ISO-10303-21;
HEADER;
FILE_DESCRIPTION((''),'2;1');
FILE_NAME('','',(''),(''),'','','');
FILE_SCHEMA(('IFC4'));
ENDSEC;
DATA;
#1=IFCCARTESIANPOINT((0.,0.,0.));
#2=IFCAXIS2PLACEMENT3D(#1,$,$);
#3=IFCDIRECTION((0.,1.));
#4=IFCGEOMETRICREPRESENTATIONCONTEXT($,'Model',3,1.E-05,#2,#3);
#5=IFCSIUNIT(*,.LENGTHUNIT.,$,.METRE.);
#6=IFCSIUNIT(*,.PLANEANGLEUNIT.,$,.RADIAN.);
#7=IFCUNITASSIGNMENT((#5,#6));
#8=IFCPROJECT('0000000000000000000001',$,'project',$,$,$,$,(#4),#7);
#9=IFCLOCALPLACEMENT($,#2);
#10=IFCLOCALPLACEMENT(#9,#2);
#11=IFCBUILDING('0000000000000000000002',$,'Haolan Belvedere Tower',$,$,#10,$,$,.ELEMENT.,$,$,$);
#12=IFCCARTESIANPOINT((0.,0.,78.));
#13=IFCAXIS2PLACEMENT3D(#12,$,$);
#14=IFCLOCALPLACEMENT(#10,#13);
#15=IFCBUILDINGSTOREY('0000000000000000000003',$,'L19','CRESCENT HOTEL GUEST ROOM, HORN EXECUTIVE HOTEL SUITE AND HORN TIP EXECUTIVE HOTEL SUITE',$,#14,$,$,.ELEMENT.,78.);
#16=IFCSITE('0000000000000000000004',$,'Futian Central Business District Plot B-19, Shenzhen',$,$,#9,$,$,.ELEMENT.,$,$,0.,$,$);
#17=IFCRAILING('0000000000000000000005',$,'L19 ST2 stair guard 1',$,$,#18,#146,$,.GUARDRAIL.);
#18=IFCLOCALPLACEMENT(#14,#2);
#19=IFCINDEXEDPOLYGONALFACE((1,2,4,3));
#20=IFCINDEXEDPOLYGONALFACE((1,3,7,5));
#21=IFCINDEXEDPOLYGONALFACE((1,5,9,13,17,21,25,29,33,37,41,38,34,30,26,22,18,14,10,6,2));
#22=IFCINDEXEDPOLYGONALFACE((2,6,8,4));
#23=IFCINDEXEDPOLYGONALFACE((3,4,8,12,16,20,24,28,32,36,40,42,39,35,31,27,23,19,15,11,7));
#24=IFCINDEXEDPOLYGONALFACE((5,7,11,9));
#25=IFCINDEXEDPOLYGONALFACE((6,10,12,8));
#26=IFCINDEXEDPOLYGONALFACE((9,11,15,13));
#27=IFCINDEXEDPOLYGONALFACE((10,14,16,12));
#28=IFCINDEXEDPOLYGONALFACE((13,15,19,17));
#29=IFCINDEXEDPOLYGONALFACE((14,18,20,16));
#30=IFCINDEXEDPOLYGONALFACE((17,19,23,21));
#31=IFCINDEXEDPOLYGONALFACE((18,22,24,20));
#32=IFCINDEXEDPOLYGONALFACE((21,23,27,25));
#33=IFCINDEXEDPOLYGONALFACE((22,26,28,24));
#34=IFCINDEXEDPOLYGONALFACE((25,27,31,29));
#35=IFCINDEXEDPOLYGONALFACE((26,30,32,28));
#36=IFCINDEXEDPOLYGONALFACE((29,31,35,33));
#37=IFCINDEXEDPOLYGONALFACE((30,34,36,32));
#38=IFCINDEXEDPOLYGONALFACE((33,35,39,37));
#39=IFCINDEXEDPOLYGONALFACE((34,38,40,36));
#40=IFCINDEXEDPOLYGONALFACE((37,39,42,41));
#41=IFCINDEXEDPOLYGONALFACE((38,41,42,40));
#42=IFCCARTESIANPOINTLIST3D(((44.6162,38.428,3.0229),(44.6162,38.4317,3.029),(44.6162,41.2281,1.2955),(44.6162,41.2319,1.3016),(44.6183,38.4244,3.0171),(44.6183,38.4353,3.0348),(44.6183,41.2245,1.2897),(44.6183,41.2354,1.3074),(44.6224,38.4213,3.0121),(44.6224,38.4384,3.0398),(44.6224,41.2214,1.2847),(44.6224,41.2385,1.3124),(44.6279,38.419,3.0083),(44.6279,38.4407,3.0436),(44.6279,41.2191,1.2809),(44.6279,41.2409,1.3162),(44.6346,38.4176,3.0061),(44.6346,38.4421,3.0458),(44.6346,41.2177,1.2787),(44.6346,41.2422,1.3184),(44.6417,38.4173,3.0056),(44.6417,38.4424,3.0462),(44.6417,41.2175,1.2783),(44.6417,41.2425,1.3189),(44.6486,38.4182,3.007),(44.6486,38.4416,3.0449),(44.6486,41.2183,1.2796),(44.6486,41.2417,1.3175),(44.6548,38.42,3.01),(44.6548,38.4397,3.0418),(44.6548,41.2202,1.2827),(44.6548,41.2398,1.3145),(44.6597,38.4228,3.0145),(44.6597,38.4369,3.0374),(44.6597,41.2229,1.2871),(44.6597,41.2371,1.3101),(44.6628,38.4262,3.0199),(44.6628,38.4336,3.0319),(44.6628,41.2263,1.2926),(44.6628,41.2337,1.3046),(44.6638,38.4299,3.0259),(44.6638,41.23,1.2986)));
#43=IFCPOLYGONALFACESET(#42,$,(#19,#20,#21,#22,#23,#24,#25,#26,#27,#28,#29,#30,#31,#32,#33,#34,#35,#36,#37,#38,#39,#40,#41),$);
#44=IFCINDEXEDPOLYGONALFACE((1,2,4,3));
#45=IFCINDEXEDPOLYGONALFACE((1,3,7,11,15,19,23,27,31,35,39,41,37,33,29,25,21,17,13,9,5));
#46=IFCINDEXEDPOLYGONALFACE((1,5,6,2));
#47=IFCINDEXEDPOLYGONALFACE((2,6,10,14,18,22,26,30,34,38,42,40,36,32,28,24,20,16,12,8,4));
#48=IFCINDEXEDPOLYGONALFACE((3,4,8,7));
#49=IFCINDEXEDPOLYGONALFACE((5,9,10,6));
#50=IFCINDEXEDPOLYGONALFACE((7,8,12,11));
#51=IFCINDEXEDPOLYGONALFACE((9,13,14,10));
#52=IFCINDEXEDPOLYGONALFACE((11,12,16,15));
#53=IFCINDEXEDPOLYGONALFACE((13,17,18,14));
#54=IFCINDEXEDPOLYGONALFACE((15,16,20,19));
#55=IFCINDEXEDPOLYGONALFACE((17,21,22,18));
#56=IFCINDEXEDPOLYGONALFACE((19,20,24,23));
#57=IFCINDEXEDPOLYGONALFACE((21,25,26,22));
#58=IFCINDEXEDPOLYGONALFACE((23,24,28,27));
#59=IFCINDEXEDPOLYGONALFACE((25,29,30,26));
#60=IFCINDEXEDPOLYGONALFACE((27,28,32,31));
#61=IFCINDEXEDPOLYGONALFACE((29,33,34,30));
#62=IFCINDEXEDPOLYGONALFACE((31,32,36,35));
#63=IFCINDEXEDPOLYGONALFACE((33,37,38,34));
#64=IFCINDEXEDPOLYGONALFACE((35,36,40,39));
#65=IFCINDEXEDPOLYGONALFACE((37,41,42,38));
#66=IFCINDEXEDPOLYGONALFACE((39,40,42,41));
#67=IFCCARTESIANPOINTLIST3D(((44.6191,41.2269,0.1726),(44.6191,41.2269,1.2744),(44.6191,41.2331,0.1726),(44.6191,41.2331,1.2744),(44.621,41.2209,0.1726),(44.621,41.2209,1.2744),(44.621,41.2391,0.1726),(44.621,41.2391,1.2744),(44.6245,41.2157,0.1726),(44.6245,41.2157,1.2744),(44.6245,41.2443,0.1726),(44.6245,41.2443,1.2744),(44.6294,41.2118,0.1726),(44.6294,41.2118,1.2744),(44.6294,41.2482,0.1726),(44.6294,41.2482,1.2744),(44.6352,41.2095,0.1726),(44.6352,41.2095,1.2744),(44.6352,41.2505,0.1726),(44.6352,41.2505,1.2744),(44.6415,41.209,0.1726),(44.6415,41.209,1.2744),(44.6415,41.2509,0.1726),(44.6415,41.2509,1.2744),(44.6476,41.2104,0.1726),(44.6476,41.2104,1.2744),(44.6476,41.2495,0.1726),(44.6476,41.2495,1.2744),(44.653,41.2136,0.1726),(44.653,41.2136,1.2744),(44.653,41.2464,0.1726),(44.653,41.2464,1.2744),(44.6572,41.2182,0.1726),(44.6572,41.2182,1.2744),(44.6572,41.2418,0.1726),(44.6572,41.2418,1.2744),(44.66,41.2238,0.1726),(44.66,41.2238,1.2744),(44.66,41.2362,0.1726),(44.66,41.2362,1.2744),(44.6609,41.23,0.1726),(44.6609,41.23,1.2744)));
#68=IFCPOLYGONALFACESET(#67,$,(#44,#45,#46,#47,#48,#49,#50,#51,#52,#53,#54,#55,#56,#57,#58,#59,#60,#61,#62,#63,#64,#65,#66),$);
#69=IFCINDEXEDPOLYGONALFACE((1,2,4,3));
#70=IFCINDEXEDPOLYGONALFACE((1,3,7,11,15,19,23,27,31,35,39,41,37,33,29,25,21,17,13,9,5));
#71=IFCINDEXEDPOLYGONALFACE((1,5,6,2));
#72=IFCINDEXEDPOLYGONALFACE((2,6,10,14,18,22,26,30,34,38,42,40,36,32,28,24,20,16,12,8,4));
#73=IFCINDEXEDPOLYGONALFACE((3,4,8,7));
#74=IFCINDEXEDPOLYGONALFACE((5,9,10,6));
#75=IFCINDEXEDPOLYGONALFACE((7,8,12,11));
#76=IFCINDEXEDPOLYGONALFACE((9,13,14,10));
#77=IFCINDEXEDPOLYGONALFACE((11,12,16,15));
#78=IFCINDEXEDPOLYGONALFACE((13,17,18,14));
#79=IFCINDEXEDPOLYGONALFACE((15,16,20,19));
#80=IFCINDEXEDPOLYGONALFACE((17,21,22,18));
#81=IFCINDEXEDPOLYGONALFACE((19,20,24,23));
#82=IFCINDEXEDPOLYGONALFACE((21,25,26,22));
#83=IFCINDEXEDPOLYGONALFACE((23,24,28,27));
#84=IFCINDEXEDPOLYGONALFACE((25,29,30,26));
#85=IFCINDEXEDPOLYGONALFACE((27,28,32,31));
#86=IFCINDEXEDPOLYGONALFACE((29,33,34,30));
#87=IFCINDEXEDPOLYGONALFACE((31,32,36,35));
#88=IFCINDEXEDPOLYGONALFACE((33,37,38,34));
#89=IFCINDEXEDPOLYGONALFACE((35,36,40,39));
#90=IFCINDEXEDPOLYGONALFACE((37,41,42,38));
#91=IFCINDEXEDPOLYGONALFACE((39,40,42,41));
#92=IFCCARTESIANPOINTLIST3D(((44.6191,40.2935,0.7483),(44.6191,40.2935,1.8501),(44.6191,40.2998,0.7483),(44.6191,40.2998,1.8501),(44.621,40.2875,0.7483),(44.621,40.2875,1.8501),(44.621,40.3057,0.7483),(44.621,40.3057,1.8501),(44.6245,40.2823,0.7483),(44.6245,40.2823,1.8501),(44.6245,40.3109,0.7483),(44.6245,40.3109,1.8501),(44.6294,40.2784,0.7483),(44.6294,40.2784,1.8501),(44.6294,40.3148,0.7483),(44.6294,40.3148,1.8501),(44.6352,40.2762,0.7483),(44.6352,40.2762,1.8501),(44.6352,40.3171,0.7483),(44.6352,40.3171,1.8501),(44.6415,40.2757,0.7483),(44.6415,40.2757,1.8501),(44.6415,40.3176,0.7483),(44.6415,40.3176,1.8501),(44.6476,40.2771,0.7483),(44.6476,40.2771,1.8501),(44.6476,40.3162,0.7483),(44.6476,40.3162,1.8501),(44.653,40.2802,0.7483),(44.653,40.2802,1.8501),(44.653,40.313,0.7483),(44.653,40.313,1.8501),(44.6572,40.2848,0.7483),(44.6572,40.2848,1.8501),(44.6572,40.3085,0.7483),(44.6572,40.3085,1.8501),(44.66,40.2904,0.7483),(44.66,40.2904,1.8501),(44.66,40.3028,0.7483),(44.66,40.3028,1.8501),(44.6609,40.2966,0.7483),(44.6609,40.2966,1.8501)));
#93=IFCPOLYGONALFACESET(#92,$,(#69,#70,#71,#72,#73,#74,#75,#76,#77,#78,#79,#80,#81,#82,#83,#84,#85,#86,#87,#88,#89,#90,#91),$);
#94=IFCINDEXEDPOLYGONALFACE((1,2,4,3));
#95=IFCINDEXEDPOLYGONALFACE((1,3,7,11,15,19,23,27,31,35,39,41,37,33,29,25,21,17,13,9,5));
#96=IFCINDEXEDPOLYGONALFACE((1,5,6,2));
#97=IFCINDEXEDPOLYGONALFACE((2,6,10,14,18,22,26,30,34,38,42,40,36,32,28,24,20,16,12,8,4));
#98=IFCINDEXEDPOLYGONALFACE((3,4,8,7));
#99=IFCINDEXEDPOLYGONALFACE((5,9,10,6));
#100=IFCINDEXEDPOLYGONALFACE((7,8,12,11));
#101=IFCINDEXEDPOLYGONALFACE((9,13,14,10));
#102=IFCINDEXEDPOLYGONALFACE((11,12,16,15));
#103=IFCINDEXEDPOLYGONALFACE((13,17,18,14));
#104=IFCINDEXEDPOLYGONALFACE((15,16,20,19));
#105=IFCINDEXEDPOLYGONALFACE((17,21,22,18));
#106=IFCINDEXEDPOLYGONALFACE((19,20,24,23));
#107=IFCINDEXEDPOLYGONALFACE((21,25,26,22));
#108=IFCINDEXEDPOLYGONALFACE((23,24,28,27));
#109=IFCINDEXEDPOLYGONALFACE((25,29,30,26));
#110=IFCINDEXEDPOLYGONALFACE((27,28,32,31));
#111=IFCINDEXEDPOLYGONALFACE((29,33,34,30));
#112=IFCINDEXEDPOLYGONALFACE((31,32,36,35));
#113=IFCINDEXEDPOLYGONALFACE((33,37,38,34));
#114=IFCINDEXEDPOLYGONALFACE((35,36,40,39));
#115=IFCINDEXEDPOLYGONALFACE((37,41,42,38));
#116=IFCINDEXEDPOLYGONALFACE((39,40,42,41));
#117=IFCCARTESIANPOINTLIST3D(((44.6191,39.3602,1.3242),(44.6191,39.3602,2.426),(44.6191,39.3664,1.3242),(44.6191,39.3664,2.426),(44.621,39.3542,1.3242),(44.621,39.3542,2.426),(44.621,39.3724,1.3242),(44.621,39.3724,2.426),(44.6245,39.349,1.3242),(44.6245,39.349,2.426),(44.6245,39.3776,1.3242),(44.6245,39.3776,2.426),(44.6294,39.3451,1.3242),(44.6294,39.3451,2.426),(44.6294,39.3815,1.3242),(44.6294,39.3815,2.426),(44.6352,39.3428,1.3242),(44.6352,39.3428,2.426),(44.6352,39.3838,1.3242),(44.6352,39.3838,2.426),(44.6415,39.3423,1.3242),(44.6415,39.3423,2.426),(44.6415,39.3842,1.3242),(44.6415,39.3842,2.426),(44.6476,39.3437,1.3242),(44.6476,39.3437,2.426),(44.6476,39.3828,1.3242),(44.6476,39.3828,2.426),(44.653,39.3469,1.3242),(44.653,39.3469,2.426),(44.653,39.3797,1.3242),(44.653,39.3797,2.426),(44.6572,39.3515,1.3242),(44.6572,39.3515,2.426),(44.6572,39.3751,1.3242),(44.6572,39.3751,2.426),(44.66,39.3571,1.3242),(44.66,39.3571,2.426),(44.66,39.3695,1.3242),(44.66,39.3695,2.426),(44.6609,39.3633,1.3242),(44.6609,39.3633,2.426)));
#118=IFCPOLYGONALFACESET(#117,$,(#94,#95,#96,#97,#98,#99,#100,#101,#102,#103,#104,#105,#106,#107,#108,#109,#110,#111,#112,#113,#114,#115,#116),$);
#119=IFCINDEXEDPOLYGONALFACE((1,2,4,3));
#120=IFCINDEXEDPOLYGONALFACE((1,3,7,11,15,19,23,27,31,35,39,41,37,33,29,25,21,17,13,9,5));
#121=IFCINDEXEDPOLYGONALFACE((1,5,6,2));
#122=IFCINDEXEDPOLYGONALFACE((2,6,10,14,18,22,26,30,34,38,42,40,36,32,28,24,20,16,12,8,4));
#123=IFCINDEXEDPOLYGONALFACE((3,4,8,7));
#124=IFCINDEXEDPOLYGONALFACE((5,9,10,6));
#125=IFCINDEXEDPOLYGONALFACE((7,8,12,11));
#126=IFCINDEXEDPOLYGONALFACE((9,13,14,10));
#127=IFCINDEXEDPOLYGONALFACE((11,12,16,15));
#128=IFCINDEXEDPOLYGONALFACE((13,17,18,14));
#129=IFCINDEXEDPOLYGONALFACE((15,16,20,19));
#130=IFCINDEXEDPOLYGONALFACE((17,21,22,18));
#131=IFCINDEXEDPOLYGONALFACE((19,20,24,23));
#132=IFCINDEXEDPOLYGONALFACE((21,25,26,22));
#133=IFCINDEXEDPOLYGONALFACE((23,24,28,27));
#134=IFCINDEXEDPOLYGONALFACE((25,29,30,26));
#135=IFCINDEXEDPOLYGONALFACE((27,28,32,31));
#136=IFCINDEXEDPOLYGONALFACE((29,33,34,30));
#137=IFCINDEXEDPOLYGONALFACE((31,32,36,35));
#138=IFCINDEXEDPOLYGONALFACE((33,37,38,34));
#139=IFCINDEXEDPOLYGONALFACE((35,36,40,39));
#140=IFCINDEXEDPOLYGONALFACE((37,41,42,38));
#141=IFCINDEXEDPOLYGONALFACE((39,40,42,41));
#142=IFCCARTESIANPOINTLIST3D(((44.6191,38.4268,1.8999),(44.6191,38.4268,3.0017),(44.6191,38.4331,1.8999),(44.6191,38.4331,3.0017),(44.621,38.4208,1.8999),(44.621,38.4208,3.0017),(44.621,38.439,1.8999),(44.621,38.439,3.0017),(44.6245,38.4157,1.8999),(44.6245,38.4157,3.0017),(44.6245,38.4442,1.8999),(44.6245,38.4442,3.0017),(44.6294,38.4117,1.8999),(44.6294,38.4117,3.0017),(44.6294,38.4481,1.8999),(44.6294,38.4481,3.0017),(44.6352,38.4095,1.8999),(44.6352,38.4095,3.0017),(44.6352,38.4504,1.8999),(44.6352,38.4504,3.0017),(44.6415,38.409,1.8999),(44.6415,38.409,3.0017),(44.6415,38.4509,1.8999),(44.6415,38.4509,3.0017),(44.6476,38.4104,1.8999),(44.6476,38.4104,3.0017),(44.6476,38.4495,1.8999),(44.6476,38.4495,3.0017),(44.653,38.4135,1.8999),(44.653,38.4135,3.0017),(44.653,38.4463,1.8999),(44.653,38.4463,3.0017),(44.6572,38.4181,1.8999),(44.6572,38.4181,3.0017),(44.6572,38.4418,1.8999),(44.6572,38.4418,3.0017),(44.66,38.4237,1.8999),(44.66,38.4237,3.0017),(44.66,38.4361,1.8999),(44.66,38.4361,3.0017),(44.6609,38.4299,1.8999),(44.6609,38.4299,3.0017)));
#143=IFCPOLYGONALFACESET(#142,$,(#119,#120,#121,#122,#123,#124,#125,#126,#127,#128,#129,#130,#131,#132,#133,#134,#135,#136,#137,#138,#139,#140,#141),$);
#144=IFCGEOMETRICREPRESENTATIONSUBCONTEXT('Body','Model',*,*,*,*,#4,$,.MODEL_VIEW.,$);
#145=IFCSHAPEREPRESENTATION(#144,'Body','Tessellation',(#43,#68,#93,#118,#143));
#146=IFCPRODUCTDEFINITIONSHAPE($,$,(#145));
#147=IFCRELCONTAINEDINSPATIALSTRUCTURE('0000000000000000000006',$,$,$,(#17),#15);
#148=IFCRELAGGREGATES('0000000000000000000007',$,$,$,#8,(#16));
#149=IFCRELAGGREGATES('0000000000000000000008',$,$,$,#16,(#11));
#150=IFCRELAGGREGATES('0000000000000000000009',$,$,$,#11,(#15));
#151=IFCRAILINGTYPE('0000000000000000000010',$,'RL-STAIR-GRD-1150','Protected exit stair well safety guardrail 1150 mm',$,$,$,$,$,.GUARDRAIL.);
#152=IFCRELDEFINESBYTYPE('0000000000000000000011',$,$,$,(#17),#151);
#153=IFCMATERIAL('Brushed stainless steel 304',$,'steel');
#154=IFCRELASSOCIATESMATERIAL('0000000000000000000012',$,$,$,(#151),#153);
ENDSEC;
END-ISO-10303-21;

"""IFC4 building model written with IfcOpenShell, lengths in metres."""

from ifc_helpers import new_model, si_unit, direction, frame, origin, origin_2d, place, context, subcontext, project, spatial, circle, extrude, material, type_object, element, save


model = new_model("IFC4")

# Units and contexts
model_context = context("Model", 3, precision=1e-05, world=origin(), true_north=direction((0.0, 1.0)))
body_context = subcontext(model_context, "Body", "Model", "MODEL_VIEW")
ifc_project = project(units=[si_unit("LENGTHUNIT", "METRE"), si_unit("PLANEANGLEUNIT", "RADIAN")], contexts=[model_context])

# Site, building, storey
site_placement = place(None, origin())
site = spatial("IfcSite", under=ifc_project, at=site_placement, Name="Futian Central Business District Plot B-19, Shenzhen", CompositionType="ELEMENT", RefElevation=0.0)
building_placement = place(site_placement, origin())
building = spatial("IfcBuilding", under=site, at=building_placement, Name="Haolan Belvedere Tower", CompositionType="ELEMENT")
storey_placement = place(building_placement, frame((0.0, 0.0, 78.0)))
storey = spatial("IfcBuildingStorey", under=building, at=storey_placement, Name="L19", Description="CRESCENT HOTEL GUEST ROOM, HORN EXECUTIVE HOTEL SUITE AND HORN TIP EXECUTIVE HOTEL SUITE", CompositionType="ELEMENT", Elevation=78.0)

# Railing
ifc_material_1 = material(Name="Brushed stainless steel 304", Category="steel")
railing_type_1 = type_object("IfcRailingType", Name="RL-STAIR-GRD-1150", Description="Protected exit stair well safety guardrail 1150 mm", PredefinedType="GUARDRAIL", material=ifc_material_1)
railing_1_placement = place(storey_placement, frame((44.6399, 41.23, 0.1726)))
element("IfcRailing", 1, at=railing_1_placement, inside=storey, type_object=railing_type_1, Name="L19 ST2 stair guard 1", PredefinedType="GUARDRAIL", context=body_context, shape_type="SweptSolid", body=[
    extrude(circle(Radius=0.0239, at=origin_2d()), frame((0.0, 0.0, 1.126), z_axis=(0.0, -0.85109, 0.52502), x_axis=(1.0, 0.0, 0.0)), (0.0, 0.0, 1.0), 3.29),
    extrude(circle(Radius=0.021, at=origin_2d()), origin(), (0.0, 0.0, 1.0), 1.1018),
    extrude(circle(Radius=0.021, at=origin_2d()), frame((0.0, -0.9333, 0.5757)), (0.0, 0.0, 1.0), 1.1018),
    extrude(circle(Radius=0.021, at=origin_2d()), frame((0.0, -1.8667, 1.1516)), (0.0, 0.0, 1.0), 1.1018),
    extrude(circle(Radius=0.021, at=origin_2d()), frame((0.0, -2.8, 1.7273)), (0.0, 0.0, 1.0), 1.1018),
])

save(model, "model.ifc")
